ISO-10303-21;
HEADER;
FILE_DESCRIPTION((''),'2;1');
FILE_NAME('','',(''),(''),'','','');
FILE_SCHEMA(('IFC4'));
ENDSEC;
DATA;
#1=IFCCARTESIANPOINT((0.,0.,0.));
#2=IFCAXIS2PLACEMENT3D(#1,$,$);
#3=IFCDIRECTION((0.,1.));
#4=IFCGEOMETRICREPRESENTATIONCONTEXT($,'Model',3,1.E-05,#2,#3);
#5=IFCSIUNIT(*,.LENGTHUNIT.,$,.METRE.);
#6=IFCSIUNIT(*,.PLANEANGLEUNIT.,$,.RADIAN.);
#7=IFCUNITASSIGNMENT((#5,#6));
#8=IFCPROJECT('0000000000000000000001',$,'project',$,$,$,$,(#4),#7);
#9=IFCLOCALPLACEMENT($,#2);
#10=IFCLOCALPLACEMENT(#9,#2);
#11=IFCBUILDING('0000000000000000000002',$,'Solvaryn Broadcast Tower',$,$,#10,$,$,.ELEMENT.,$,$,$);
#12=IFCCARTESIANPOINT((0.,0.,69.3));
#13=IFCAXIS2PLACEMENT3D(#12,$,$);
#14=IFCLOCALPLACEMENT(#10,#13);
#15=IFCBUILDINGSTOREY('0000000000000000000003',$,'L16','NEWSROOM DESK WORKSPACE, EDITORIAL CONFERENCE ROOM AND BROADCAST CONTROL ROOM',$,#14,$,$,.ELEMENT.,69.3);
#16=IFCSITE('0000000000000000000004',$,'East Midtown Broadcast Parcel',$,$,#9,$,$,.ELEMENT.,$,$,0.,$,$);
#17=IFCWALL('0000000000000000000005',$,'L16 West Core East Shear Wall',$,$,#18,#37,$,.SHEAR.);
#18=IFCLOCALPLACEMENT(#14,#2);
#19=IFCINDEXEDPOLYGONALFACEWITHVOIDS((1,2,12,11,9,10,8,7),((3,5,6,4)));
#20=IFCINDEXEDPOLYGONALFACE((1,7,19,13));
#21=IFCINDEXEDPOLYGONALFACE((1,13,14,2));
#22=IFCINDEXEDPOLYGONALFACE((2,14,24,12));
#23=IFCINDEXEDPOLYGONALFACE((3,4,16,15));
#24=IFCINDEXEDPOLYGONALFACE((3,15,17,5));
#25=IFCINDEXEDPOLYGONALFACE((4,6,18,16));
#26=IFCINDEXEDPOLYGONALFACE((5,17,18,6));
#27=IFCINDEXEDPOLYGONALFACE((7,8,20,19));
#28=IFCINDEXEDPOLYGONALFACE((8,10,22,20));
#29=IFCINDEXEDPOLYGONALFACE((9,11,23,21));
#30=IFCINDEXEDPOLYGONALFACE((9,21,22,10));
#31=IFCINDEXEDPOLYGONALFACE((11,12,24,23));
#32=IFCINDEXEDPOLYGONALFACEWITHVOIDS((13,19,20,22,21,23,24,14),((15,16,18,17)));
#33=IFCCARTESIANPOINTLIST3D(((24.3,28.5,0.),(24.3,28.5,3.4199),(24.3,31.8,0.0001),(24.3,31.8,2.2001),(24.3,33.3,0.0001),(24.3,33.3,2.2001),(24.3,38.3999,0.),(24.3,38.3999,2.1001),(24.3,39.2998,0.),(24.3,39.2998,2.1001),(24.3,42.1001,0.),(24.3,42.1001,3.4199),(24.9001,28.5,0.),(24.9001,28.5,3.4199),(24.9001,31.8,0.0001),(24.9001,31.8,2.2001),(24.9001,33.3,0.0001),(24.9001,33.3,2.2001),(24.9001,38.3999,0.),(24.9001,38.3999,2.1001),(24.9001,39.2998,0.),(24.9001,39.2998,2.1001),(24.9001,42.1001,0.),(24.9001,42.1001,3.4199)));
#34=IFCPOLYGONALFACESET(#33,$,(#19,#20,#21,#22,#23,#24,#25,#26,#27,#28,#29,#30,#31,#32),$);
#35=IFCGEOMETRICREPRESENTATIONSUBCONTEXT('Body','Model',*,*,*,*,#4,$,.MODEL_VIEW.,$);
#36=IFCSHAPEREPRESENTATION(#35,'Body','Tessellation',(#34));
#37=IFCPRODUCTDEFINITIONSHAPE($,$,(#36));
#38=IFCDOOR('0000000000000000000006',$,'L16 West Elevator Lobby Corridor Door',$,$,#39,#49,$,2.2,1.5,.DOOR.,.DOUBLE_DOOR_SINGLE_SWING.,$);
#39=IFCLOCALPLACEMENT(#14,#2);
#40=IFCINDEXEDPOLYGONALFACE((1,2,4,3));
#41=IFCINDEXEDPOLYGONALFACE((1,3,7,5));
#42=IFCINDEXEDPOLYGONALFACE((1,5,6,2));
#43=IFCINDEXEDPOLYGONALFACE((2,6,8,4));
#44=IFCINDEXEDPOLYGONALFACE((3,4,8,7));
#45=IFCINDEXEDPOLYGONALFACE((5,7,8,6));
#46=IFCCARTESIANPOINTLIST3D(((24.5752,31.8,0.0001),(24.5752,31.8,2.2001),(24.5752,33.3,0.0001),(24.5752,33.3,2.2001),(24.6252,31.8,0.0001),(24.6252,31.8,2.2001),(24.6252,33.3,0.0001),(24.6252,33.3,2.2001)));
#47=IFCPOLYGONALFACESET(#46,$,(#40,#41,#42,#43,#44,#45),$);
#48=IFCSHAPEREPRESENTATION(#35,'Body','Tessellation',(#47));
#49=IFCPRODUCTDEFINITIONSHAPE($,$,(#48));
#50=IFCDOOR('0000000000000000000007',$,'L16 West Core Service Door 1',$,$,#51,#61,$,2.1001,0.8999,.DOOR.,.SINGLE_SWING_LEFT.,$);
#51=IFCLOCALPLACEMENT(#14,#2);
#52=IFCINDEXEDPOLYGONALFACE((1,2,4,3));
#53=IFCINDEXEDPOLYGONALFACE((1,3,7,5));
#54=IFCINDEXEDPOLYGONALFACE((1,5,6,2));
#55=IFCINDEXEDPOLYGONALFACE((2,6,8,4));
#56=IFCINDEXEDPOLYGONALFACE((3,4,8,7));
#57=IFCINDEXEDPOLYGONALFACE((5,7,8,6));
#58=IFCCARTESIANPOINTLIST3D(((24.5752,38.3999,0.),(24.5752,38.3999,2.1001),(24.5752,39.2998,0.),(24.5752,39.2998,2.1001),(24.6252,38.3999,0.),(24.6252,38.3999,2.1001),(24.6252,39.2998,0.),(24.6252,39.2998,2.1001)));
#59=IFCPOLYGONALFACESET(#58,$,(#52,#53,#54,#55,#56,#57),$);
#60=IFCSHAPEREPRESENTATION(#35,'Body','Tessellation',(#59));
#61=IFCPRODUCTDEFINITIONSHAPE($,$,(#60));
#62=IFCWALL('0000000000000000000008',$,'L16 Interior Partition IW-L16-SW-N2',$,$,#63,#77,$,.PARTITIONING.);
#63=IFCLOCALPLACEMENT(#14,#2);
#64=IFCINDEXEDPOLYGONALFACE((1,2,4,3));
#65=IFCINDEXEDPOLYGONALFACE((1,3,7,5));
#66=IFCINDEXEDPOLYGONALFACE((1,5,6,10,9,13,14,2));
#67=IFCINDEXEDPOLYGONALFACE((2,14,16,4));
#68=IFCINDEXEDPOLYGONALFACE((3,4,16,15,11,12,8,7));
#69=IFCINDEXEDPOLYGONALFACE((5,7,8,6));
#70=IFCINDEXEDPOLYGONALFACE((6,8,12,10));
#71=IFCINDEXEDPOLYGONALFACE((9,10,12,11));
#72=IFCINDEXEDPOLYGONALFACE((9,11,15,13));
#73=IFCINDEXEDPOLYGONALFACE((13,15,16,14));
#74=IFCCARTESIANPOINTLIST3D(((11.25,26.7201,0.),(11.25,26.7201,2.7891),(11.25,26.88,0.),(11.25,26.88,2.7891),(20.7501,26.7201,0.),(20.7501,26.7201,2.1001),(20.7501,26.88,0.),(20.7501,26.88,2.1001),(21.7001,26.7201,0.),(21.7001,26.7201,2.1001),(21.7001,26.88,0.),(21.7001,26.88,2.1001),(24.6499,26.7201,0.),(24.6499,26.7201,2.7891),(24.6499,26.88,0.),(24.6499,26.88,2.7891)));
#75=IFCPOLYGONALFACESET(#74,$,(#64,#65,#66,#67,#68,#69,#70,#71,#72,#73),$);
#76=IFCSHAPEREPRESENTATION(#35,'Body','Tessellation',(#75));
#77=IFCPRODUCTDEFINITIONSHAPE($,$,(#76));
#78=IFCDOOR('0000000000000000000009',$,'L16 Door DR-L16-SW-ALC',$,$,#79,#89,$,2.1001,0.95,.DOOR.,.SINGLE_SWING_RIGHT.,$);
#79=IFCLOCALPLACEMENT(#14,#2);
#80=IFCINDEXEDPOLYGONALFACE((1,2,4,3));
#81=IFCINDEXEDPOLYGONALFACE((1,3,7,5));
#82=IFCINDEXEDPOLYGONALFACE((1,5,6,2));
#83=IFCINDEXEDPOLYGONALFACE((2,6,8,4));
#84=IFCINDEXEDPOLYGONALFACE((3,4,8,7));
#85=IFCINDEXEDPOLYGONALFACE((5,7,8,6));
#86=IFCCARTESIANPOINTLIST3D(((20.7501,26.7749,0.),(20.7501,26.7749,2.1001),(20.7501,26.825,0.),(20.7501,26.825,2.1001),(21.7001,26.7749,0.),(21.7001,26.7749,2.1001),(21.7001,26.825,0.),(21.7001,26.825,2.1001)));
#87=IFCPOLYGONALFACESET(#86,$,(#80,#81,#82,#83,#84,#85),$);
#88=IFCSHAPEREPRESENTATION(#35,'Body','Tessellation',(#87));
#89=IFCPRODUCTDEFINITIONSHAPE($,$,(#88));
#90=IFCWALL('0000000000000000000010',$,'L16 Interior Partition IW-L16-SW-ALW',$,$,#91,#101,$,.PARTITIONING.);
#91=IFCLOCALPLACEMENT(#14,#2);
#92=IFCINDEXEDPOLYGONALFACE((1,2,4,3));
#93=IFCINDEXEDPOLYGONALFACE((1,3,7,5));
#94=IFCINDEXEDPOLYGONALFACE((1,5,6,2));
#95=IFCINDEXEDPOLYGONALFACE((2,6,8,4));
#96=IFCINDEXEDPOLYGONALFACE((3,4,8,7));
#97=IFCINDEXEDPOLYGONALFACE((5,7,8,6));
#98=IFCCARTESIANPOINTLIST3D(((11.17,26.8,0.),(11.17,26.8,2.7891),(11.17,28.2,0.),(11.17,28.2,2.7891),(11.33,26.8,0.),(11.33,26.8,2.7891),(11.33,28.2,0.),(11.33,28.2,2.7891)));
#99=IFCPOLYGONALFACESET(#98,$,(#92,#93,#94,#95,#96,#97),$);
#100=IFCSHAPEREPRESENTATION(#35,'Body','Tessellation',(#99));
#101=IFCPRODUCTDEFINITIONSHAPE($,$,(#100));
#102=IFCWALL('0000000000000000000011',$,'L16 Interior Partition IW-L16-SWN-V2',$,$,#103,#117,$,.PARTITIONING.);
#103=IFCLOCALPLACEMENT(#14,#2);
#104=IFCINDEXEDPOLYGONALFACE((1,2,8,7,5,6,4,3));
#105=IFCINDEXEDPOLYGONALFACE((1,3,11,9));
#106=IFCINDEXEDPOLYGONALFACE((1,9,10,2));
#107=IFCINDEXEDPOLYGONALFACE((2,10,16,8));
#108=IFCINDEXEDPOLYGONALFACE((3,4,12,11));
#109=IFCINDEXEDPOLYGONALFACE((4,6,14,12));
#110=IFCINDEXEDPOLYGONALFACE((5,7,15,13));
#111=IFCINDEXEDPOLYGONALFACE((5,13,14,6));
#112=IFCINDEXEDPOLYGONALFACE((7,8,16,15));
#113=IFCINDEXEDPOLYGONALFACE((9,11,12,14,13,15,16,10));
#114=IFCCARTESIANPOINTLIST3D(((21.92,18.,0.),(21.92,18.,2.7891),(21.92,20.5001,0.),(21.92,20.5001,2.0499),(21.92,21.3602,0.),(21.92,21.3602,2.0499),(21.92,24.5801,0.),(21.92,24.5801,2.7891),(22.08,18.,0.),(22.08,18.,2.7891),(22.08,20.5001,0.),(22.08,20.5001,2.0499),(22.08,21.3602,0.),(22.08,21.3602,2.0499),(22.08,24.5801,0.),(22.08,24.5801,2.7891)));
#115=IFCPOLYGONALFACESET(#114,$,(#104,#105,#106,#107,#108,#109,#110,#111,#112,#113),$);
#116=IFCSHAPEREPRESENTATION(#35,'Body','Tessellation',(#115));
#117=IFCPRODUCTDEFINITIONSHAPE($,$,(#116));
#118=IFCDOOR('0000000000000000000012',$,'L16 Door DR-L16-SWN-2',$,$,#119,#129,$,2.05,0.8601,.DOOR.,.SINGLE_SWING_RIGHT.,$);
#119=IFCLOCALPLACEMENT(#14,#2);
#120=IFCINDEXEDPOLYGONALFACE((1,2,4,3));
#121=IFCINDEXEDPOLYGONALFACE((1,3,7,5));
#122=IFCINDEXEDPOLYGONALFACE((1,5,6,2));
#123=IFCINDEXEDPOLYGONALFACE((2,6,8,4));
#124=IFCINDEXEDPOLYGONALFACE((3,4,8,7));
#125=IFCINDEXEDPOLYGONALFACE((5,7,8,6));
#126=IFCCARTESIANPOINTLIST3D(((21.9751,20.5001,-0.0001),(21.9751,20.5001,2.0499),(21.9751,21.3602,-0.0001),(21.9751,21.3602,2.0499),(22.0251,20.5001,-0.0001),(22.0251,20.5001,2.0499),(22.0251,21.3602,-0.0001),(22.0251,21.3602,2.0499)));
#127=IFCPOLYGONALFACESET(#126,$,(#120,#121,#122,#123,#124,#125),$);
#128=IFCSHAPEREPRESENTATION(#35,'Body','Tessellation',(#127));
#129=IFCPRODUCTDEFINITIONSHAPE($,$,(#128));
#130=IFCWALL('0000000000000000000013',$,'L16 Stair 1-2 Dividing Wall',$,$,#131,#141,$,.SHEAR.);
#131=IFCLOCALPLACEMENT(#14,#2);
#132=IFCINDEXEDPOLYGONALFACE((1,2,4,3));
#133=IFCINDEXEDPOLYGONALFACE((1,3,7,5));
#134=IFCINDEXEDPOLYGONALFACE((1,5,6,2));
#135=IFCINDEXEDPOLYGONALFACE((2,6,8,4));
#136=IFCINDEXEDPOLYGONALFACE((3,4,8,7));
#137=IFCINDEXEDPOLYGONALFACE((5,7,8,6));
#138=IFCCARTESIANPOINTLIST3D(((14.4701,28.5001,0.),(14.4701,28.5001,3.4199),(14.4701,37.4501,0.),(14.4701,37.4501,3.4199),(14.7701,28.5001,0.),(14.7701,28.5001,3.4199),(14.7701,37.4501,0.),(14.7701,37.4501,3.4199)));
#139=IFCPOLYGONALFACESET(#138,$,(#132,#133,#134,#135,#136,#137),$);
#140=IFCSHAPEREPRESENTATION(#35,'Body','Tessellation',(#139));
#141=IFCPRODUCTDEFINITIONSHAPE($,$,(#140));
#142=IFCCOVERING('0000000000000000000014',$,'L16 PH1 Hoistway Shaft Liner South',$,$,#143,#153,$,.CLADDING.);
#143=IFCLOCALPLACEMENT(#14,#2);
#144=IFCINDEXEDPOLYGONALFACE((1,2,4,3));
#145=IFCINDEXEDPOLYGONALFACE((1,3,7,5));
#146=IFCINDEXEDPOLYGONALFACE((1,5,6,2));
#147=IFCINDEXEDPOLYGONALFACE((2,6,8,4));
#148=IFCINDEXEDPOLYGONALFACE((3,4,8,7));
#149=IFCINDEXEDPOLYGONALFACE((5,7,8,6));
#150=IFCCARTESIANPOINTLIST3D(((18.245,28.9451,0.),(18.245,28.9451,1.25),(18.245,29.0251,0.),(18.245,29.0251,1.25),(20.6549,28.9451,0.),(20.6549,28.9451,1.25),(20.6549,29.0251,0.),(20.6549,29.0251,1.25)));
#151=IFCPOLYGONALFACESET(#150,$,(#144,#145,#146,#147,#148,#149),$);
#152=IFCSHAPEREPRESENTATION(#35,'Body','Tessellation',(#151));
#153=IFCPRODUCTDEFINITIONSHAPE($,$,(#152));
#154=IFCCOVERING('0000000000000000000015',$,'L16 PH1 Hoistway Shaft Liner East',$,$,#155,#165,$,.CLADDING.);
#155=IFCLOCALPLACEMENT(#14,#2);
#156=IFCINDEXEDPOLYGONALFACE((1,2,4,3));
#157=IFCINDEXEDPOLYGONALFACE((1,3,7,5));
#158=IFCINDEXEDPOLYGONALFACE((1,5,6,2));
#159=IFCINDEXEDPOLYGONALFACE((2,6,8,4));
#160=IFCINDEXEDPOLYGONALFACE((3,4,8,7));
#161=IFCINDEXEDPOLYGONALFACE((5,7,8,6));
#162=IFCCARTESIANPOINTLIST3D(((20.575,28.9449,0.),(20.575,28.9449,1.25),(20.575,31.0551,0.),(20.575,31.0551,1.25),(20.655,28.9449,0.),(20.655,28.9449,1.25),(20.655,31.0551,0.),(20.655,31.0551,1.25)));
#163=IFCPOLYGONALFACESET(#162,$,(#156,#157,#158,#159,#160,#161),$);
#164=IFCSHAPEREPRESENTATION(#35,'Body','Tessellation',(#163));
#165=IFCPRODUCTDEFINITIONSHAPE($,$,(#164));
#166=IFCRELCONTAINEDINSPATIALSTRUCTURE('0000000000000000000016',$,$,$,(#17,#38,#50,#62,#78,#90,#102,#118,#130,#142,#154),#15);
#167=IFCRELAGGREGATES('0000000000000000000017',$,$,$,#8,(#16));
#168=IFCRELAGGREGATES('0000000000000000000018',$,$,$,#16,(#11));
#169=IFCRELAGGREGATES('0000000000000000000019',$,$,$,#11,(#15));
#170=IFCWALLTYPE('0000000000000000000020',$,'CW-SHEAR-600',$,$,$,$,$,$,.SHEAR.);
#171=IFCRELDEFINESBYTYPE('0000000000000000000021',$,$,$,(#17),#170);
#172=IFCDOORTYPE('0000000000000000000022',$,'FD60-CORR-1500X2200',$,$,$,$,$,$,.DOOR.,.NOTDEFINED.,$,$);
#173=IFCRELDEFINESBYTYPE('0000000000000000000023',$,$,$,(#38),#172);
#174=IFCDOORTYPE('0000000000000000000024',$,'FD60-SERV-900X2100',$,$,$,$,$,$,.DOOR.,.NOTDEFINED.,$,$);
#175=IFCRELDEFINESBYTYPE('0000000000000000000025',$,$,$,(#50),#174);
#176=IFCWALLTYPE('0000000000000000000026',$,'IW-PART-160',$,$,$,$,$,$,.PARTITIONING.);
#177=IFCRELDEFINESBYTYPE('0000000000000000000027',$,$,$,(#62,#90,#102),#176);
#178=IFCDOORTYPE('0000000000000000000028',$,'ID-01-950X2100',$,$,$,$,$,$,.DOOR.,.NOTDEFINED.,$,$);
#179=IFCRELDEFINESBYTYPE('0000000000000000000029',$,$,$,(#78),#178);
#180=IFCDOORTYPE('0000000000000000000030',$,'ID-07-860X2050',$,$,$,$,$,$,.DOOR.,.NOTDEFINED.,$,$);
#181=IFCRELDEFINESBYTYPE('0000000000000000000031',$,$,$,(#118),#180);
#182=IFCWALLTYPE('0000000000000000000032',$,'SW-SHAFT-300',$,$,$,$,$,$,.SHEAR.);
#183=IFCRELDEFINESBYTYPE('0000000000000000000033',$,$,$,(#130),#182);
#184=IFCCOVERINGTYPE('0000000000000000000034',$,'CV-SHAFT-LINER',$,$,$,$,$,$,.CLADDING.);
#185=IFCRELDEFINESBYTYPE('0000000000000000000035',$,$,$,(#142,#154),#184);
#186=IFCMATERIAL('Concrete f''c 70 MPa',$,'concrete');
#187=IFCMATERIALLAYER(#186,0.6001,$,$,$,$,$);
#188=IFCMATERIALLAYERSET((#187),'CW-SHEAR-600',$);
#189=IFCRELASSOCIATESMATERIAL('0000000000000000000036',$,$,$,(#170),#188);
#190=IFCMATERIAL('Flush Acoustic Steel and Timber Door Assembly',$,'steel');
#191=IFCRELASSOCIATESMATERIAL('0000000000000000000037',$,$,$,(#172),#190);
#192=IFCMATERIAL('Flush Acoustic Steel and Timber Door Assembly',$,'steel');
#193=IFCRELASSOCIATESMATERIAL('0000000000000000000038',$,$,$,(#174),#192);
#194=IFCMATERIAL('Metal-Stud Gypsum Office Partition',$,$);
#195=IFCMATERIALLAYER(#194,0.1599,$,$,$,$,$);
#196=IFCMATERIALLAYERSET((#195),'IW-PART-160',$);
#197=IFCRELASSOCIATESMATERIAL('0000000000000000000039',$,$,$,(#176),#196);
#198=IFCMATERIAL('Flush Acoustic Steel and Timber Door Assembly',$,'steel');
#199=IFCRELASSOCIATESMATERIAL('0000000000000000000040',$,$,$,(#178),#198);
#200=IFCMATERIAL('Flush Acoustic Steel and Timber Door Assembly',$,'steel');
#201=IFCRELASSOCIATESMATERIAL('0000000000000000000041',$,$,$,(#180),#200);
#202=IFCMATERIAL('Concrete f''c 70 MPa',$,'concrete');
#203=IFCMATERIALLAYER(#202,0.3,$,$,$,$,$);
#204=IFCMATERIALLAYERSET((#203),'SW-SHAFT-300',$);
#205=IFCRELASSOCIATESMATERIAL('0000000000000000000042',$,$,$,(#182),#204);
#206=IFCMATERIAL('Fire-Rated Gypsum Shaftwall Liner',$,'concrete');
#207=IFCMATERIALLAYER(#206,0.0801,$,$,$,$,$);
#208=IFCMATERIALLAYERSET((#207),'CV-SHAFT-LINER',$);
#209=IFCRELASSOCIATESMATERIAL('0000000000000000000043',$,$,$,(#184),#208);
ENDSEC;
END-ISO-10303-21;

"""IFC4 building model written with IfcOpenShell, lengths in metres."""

from ifc_helpers import new_model, si_unit, direction, frame, frame_2d, origin, origin_2d, place, context, subcontext, project, spatial, rectangle, extrude, material, layer, layer_set, type_object, element, fill, save


model = new_model("IFC4")

# Units and contexts
model_context = context("Model", 3, precision=1e-05, world=origin(), true_north=direction((0.0, 1.0)))
body_context = subcontext(model_context, "Body", "Model", "MODEL_VIEW")
ifc_project = project(units=[si_unit("LENGTHUNIT", "METRE"), si_unit("PLANEANGLEUNIT", "RADIAN")], contexts=[model_context])

# Site, building, storey
site_placement = place(None, origin())
site = spatial("IfcSite", under=ifc_project, at=site_placement, Name="East Midtown Broadcast Parcel", CompositionType="ELEMENT", RefElevation=0.0)
building_placement = place(site_placement, origin())
building = spatial("IfcBuilding", under=site, at=building_placement, Name="Solvaryn Broadcast Tower", CompositionType="ELEMENT")
storey_placement = place(building_placement, frame((0.0, 0.0, 69.3)))
storey = spatial("IfcBuildingStorey", under=building, at=storey_placement, Name="L16", Description="NEWSROOM DESK WORKSPACE, EDITORIAL CONFERENCE ROOM AND BROADCAST CONTROL ROOM", CompositionType="ELEMENT", Elevation=69.3)

# Shared definitions
ifc_material_1 = material(Name="Concrete f'c 70 MPa", Category="concrete")
ifc_layer_1 = layer(ifc_material_1, 0.6001)
ifc_layer_set_1 = layer_set([ifc_layer_1], Name="CW-SHEAR-600")
wall_type_1 = type_object("IfcWallType", Name="CW-SHEAR-600", PredefinedType="SHEAR", material=ifc_layer_set_1)

# Wall, openings, doors
wall_1_placement = place(storey_placement, frame((24.6001, 28.5, 0.0), z_axis=(0.0, 0.0, 1.0), x_axis=(0.0, 1.0, 0.0)))
wall_1 = element("IfcWall", 1, at=wall_1_placement, inside=storey, type_object=wall_type_1, Name="L16 West Core East Shear Wall", PredefinedType="SHEAR", context=body_context, shape_type="SweptSolid", body=[
    extrude(rectangle(XDim=13.6001, YDim=0.6001, at=frame_2d((6.8, 0.0))), origin(), (0.0, 0.0, 1.0), 3.4199),
])
opening_1_placement = place(wall_1_placement, frame((3.3, 0.0, 0.0)))
opening_1 = element("IfcOpeningElement", 2, at=opening_1_placement, cuts=wall_1, PredefinedType="OPENING", context=body_context, shape_type="SweptSolid", body=[
    extrude(rectangle(XDim=1.5, YDim=2.2, at=frame_2d((0.75, 1.1001))), frame((0.0, 0.3101, 0.0), z_axis=(0.0, -1.0, 0.0), x_axis=(1.0, 0.0, 0.0)), (0.0, 0.0, 1.0), 0.6201),
])
opening_2_placement = place(wall_1_placement, frame((9.8999, 0.0, 0.0)))
opening_2 = element("IfcOpeningElement", 3, at=opening_2_placement, cuts=wall_1, PredefinedType="OPENING", context=body_context, shape_type="SweptSolid", body=[
    extrude(rectangle(XDim=0.8999, YDim=2.1001, at=frame_2d((0.45, 1.05))), frame((0.0, 0.3101, 0.0), z_axis=(0.0, -1.0, 0.0), x_axis=(1.0, 0.0, 0.0)), (0.0, 0.0, 1.0), 0.6201),
])
ifc_material_2 = material(Name="Flush Acoustic Steel and Timber Door Assembly", Category="steel")
door_type_1 = type_object("IfcDoorType", Name="FD60-CORR-1500X2200", OperationType="NOTDEFINED", PredefinedType="DOOR", material=ifc_material_2)
door_1_placement = place(opening_1_placement, origin())
door_1 = element("IfcDoor", 4, at=door_1_placement, inside=storey, type_object=door_type_1, Name="L16 West Elevator Lobby Corridor Door", OperationType="DOUBLE_DOOR_SINGLE_SWING", OverallHeight=2.2, OverallWidth=1.5, PredefinedType="DOOR", context=body_context, shape_type="SweptSolid", body=[
    extrude(rectangle(XDim=1.5, YDim=2.2, at=frame_2d((0.75, 1.1001))), frame((0.0, 0.0249, 0.0), z_axis=(0.0, -1.0, 0.0), x_axis=(1.0, 0.0, 0.0)), (0.0, 0.0, 1.0), 0.05),
])
fill(opening_1, door_1)
ifc_material_3 = material(Name="Flush Acoustic Steel and Timber Door Assembly", Category="steel")
door_type_2 = type_object("IfcDoorType", Name="FD60-SERV-900X2100", OperationType="NOTDEFINED", PredefinedType="DOOR", material=ifc_material_3)
door_2_placement = place(opening_2_placement, origin())
door_2 = element("IfcDoor", 5, at=door_2_placement, inside=storey, type_object=door_type_2, Name="L16 West Core Service Door 1", OperationType="SINGLE_SWING_LEFT", OverallHeight=2.1001, OverallWidth=0.8999, PredefinedType="DOOR", context=body_context, shape_type="SweptSolid", body=[
    extrude(rectangle(XDim=0.8999, YDim=2.1001, at=frame_2d((0.45, 1.05))), frame((0.0, 0.0249, 0.0), z_axis=(0.0, -1.0, 0.0), x_axis=(1.0, 0.0, 0.0)), (0.0, 0.0, 1.0), 0.05),
])
fill(opening_2, door_2)

# Wall, opening, door
ifc_material_4 = material(Name="Metal-Stud Gypsum Office Partition")
ifc_layer_2 = layer(ifc_material_4, 0.1599)
ifc_layer_set_2 = layer_set([ifc_layer_2], Name="IW-PART-160")
wall_type_2 = type_object("IfcWallType", Name="IW-PART-160", PredefinedType="PARTITIONING", material=ifc_layer_set_2)
wall_2_placement = place(storey_placement, frame((11.25, 26.8, 0.0), z_axis=(0.0, 0.0, 1.0), x_axis=(1.0, 0.0, 0.0)))
wall_2 = element("IfcWall", 6, at=wall_2_placement, inside=storey, type_object=wall_type_2, Name="L16 Interior Partition IW-L16-SW-N2", PredefinedType="PARTITIONING", context=body_context, shape_type="SweptSolid", body=[
    extrude(rectangle(XDim=13.3999, YDim=0.1599, at=frame_2d((6.7, 0.0))), origin(), (0.0, 0.0, 1.0), 2.7891),
])
opening_3_placement = place(wall_2_placement, frame((9.5, 0.0, 0.0)))
opening_3 = element("IfcOpeningElement", 7, at=opening_3_placement, cuts=wall_2, PredefinedType="OPENING", context=body_context, shape_type="SweptSolid", body=[
    extrude(rectangle(XDim=0.95, YDim=2.1001, at=frame_2d((0.4751, 1.05))), frame((0.0, 0.0901, 0.0), z_axis=(0.0, -1.0, 0.0), x_axis=(1.0, 0.0, 0.0)), (0.0, 0.0, 1.0), 0.1799),
])
ifc_material_5 = material(Name="Flush Acoustic Steel and Timber Door Assembly", Category="steel")
door_type_3 = type_object("IfcDoorType", Name="ID-01-950X2100", OperationType="NOTDEFINED", PredefinedType="DOOR", material=ifc_material_5)
door_3_placement = place(opening_3_placement, origin())
door_3 = element("IfcDoor", 8, at=door_3_placement, inside=storey, type_object=door_type_3, Name="L16 Door DR-L16-SW-ALC", OperationType="SINGLE_SWING_RIGHT", OverallHeight=2.1001, OverallWidth=0.95, PredefinedType="DOOR", context=body_context, shape_type="SweptSolid", body=[
    extrude(rectangle(XDim=0.95, YDim=2.1001, at=frame_2d((0.4751, 1.05))), frame((0.0, 0.0249, 0.0), z_axis=(0.0, -1.0, 0.0), x_axis=(1.0, 0.0, 0.0)), (0.0, 0.0, 1.0), 0.05),
])
fill(opening_3, door_3)

# Wall
wall_3_placement = place(storey_placement, frame((11.25, 26.8, 0.0), z_axis=(0.0, 0.0, 1.0), x_axis=(0.0, 1.0, 0.0)))
element("IfcWall", 9, at=wall_3_placement, inside=storey, type_object=wall_type_2, Name="L16 Interior Partition IW-L16-SW-ALW", PredefinedType="PARTITIONING", context=body_context, shape_type="SweptSolid", body=[
    extrude(rectangle(XDim=1.3999, YDim=0.1599, at=frame_2d((0.7, 0.0))), origin(), (0.0, 0.0, 1.0), 2.7891),
])

# Wall, opening, door
wall_4_placement = place(storey_placement, frame((22.0, 18.0, 0.0), z_axis=(0.0, 0.0, 1.0), x_axis=(0.0, 1.0, 0.0)))
wall_4 = element("IfcWall", 10, at=wall_4_placement, inside=storey, type_object=wall_type_2, Name="L16 Interior Partition IW-L16-SWN-V2", PredefinedType="PARTITIONING", context=body_context, shape_type="SweptSolid", body=[
    extrude(rectangle(XDim=6.5801, YDim=0.1599, at=frame_2d((3.29, 0.0))), origin(), (0.0, 0.0, 1.0), 2.7891),
])
opening_4_placement = place(wall_4_placement, frame((2.5, 0.0, 0.0)))
opening_4 = element("IfcOpeningElement", 11, at=opening_4_placement, cuts=wall_4, PredefinedType="OPENING", context=body_context, shape_type="SweptSolid", body=[
    extrude(rectangle(XDim=0.8601, YDim=2.05, at=frame_2d((0.4302, 1.0249))), frame((0.0, 0.0901, 0.0), z_axis=(0.0, -1.0, 0.0), x_axis=(1.0, 0.0, 0.0)), (0.0, 0.0, 1.0), 0.1799),
])
ifc_material_6 = material(Name="Flush Acoustic Steel and Timber Door Assembly", Category="steel")
door_type_4 = type_object("IfcDoorType", Name="ID-07-860X2050", OperationType="NOTDEFINED", PredefinedType="DOOR", material=ifc_material_6)
door_4_placement = place(opening_4_placement, origin())
door_4 = element("IfcDoor", 12, at=door_4_placement, inside=storey, type_object=door_type_4, Name="L16 Door DR-L16-SWN-2", OperationType="SINGLE_SWING_RIGHT", OverallHeight=2.05, OverallWidth=0.8601, PredefinedType="DOOR", context=body_context, shape_type="SweptSolid", body=[
    extrude(rectangle(XDim=0.8601, YDim=2.05, at=frame_2d((0.4302, 1.0249))), frame((0.0, 0.0249, 0.0), z_axis=(0.0, -1.0, 0.0), x_axis=(1.0, 0.0, 0.0)), (0.0, 0.0, 1.0), 0.05),
])
fill(opening_4, door_4)

# Wall
ifc_material_7 = material(Name="Concrete f'c 70 MPa", Category="concrete")
ifc_layer_3 = layer(ifc_material_7, 0.3)
ifc_layer_set_3 = layer_set([ifc_layer_3], Name="SW-SHAFT-300")
wall_type_3 = type_object("IfcWallType", Name="SW-SHAFT-300", PredefinedType="SHEAR", material=ifc_layer_set_3)
wall_5_placement = place(storey_placement, frame((14.6201, 28.5, 0.0), z_axis=(0.0, 0.0, 1.0), x_axis=(0.0, 1.0, 0.0)))
element("IfcWall", 13, at=wall_5_placement, inside=storey, type_object=wall_type_3, Name="L16 Stair 1-2 Dividing Wall", PredefinedType="SHEAR", context=body_context, shape_type="SweptSolid", body=[
    extrude(rectangle(XDim=8.95, YDim=0.3, at=frame_2d((4.4751, 0.0))), origin(), (0.0, 0.0, 1.0), 3.4199),
])

# Coverings
ifc_material_8 = material(Name="Fire-Rated Gypsum Shaftwall Liner", Category="concrete")
ifc_layer_4 = layer(ifc_material_8, 0.0801)
ifc_layer_set_4 = layer_set([ifc_layer_4], Name="CV-SHAFT-LINER")
covering_type = type_object("IfcCoveringType", Name="CV-SHAFT-LINER", PredefinedType="CLADDING", material=ifc_layer_set_4)
covering_1_placement = place(storey_placement, frame((19.45, 28.9851, 0.0), z_axis=(0.0, 0.0, 1.0), x_axis=(1.0, 0.0, 0.0)))
element("IfcCovering", 14, at=covering_1_placement, inside=storey, type_object=covering_type, Name="L16 PH1 Hoistway Shaft Liner South", PredefinedType="CLADDING", context=body_context, shape_type="SweptSolid", body=[
    extrude(rectangle(XDim=2.4099, YDim=0.0801, at=origin_2d()), origin(), (0.0, 0.0, 1.0), 1.25),
])
for number, where, z_axis, x_axis, name in (
    (15, (20.615, 30.0, 0.0), (0.0, 0.0, 1.0), (1.0, 0.0, 0.0), "L16 PH1 Hoistway Shaft Liner East"),
):
    element("IfcCovering", number, at=place(storey_placement, frame(where, z_axis=z_axis, x_axis=x_axis)), inside=storey, type_object=covering_type, Name=name, PredefinedType="CLADDING", context=body_context, shape_type="SweptSolid", body=[
        extrude(rectangle(XDim=0.0801, YDim=2.1101, at=origin_2d()), origin(), (0.0, 0.0, 1.0), 1.25),
    ])

save(model, "model.ifc")
